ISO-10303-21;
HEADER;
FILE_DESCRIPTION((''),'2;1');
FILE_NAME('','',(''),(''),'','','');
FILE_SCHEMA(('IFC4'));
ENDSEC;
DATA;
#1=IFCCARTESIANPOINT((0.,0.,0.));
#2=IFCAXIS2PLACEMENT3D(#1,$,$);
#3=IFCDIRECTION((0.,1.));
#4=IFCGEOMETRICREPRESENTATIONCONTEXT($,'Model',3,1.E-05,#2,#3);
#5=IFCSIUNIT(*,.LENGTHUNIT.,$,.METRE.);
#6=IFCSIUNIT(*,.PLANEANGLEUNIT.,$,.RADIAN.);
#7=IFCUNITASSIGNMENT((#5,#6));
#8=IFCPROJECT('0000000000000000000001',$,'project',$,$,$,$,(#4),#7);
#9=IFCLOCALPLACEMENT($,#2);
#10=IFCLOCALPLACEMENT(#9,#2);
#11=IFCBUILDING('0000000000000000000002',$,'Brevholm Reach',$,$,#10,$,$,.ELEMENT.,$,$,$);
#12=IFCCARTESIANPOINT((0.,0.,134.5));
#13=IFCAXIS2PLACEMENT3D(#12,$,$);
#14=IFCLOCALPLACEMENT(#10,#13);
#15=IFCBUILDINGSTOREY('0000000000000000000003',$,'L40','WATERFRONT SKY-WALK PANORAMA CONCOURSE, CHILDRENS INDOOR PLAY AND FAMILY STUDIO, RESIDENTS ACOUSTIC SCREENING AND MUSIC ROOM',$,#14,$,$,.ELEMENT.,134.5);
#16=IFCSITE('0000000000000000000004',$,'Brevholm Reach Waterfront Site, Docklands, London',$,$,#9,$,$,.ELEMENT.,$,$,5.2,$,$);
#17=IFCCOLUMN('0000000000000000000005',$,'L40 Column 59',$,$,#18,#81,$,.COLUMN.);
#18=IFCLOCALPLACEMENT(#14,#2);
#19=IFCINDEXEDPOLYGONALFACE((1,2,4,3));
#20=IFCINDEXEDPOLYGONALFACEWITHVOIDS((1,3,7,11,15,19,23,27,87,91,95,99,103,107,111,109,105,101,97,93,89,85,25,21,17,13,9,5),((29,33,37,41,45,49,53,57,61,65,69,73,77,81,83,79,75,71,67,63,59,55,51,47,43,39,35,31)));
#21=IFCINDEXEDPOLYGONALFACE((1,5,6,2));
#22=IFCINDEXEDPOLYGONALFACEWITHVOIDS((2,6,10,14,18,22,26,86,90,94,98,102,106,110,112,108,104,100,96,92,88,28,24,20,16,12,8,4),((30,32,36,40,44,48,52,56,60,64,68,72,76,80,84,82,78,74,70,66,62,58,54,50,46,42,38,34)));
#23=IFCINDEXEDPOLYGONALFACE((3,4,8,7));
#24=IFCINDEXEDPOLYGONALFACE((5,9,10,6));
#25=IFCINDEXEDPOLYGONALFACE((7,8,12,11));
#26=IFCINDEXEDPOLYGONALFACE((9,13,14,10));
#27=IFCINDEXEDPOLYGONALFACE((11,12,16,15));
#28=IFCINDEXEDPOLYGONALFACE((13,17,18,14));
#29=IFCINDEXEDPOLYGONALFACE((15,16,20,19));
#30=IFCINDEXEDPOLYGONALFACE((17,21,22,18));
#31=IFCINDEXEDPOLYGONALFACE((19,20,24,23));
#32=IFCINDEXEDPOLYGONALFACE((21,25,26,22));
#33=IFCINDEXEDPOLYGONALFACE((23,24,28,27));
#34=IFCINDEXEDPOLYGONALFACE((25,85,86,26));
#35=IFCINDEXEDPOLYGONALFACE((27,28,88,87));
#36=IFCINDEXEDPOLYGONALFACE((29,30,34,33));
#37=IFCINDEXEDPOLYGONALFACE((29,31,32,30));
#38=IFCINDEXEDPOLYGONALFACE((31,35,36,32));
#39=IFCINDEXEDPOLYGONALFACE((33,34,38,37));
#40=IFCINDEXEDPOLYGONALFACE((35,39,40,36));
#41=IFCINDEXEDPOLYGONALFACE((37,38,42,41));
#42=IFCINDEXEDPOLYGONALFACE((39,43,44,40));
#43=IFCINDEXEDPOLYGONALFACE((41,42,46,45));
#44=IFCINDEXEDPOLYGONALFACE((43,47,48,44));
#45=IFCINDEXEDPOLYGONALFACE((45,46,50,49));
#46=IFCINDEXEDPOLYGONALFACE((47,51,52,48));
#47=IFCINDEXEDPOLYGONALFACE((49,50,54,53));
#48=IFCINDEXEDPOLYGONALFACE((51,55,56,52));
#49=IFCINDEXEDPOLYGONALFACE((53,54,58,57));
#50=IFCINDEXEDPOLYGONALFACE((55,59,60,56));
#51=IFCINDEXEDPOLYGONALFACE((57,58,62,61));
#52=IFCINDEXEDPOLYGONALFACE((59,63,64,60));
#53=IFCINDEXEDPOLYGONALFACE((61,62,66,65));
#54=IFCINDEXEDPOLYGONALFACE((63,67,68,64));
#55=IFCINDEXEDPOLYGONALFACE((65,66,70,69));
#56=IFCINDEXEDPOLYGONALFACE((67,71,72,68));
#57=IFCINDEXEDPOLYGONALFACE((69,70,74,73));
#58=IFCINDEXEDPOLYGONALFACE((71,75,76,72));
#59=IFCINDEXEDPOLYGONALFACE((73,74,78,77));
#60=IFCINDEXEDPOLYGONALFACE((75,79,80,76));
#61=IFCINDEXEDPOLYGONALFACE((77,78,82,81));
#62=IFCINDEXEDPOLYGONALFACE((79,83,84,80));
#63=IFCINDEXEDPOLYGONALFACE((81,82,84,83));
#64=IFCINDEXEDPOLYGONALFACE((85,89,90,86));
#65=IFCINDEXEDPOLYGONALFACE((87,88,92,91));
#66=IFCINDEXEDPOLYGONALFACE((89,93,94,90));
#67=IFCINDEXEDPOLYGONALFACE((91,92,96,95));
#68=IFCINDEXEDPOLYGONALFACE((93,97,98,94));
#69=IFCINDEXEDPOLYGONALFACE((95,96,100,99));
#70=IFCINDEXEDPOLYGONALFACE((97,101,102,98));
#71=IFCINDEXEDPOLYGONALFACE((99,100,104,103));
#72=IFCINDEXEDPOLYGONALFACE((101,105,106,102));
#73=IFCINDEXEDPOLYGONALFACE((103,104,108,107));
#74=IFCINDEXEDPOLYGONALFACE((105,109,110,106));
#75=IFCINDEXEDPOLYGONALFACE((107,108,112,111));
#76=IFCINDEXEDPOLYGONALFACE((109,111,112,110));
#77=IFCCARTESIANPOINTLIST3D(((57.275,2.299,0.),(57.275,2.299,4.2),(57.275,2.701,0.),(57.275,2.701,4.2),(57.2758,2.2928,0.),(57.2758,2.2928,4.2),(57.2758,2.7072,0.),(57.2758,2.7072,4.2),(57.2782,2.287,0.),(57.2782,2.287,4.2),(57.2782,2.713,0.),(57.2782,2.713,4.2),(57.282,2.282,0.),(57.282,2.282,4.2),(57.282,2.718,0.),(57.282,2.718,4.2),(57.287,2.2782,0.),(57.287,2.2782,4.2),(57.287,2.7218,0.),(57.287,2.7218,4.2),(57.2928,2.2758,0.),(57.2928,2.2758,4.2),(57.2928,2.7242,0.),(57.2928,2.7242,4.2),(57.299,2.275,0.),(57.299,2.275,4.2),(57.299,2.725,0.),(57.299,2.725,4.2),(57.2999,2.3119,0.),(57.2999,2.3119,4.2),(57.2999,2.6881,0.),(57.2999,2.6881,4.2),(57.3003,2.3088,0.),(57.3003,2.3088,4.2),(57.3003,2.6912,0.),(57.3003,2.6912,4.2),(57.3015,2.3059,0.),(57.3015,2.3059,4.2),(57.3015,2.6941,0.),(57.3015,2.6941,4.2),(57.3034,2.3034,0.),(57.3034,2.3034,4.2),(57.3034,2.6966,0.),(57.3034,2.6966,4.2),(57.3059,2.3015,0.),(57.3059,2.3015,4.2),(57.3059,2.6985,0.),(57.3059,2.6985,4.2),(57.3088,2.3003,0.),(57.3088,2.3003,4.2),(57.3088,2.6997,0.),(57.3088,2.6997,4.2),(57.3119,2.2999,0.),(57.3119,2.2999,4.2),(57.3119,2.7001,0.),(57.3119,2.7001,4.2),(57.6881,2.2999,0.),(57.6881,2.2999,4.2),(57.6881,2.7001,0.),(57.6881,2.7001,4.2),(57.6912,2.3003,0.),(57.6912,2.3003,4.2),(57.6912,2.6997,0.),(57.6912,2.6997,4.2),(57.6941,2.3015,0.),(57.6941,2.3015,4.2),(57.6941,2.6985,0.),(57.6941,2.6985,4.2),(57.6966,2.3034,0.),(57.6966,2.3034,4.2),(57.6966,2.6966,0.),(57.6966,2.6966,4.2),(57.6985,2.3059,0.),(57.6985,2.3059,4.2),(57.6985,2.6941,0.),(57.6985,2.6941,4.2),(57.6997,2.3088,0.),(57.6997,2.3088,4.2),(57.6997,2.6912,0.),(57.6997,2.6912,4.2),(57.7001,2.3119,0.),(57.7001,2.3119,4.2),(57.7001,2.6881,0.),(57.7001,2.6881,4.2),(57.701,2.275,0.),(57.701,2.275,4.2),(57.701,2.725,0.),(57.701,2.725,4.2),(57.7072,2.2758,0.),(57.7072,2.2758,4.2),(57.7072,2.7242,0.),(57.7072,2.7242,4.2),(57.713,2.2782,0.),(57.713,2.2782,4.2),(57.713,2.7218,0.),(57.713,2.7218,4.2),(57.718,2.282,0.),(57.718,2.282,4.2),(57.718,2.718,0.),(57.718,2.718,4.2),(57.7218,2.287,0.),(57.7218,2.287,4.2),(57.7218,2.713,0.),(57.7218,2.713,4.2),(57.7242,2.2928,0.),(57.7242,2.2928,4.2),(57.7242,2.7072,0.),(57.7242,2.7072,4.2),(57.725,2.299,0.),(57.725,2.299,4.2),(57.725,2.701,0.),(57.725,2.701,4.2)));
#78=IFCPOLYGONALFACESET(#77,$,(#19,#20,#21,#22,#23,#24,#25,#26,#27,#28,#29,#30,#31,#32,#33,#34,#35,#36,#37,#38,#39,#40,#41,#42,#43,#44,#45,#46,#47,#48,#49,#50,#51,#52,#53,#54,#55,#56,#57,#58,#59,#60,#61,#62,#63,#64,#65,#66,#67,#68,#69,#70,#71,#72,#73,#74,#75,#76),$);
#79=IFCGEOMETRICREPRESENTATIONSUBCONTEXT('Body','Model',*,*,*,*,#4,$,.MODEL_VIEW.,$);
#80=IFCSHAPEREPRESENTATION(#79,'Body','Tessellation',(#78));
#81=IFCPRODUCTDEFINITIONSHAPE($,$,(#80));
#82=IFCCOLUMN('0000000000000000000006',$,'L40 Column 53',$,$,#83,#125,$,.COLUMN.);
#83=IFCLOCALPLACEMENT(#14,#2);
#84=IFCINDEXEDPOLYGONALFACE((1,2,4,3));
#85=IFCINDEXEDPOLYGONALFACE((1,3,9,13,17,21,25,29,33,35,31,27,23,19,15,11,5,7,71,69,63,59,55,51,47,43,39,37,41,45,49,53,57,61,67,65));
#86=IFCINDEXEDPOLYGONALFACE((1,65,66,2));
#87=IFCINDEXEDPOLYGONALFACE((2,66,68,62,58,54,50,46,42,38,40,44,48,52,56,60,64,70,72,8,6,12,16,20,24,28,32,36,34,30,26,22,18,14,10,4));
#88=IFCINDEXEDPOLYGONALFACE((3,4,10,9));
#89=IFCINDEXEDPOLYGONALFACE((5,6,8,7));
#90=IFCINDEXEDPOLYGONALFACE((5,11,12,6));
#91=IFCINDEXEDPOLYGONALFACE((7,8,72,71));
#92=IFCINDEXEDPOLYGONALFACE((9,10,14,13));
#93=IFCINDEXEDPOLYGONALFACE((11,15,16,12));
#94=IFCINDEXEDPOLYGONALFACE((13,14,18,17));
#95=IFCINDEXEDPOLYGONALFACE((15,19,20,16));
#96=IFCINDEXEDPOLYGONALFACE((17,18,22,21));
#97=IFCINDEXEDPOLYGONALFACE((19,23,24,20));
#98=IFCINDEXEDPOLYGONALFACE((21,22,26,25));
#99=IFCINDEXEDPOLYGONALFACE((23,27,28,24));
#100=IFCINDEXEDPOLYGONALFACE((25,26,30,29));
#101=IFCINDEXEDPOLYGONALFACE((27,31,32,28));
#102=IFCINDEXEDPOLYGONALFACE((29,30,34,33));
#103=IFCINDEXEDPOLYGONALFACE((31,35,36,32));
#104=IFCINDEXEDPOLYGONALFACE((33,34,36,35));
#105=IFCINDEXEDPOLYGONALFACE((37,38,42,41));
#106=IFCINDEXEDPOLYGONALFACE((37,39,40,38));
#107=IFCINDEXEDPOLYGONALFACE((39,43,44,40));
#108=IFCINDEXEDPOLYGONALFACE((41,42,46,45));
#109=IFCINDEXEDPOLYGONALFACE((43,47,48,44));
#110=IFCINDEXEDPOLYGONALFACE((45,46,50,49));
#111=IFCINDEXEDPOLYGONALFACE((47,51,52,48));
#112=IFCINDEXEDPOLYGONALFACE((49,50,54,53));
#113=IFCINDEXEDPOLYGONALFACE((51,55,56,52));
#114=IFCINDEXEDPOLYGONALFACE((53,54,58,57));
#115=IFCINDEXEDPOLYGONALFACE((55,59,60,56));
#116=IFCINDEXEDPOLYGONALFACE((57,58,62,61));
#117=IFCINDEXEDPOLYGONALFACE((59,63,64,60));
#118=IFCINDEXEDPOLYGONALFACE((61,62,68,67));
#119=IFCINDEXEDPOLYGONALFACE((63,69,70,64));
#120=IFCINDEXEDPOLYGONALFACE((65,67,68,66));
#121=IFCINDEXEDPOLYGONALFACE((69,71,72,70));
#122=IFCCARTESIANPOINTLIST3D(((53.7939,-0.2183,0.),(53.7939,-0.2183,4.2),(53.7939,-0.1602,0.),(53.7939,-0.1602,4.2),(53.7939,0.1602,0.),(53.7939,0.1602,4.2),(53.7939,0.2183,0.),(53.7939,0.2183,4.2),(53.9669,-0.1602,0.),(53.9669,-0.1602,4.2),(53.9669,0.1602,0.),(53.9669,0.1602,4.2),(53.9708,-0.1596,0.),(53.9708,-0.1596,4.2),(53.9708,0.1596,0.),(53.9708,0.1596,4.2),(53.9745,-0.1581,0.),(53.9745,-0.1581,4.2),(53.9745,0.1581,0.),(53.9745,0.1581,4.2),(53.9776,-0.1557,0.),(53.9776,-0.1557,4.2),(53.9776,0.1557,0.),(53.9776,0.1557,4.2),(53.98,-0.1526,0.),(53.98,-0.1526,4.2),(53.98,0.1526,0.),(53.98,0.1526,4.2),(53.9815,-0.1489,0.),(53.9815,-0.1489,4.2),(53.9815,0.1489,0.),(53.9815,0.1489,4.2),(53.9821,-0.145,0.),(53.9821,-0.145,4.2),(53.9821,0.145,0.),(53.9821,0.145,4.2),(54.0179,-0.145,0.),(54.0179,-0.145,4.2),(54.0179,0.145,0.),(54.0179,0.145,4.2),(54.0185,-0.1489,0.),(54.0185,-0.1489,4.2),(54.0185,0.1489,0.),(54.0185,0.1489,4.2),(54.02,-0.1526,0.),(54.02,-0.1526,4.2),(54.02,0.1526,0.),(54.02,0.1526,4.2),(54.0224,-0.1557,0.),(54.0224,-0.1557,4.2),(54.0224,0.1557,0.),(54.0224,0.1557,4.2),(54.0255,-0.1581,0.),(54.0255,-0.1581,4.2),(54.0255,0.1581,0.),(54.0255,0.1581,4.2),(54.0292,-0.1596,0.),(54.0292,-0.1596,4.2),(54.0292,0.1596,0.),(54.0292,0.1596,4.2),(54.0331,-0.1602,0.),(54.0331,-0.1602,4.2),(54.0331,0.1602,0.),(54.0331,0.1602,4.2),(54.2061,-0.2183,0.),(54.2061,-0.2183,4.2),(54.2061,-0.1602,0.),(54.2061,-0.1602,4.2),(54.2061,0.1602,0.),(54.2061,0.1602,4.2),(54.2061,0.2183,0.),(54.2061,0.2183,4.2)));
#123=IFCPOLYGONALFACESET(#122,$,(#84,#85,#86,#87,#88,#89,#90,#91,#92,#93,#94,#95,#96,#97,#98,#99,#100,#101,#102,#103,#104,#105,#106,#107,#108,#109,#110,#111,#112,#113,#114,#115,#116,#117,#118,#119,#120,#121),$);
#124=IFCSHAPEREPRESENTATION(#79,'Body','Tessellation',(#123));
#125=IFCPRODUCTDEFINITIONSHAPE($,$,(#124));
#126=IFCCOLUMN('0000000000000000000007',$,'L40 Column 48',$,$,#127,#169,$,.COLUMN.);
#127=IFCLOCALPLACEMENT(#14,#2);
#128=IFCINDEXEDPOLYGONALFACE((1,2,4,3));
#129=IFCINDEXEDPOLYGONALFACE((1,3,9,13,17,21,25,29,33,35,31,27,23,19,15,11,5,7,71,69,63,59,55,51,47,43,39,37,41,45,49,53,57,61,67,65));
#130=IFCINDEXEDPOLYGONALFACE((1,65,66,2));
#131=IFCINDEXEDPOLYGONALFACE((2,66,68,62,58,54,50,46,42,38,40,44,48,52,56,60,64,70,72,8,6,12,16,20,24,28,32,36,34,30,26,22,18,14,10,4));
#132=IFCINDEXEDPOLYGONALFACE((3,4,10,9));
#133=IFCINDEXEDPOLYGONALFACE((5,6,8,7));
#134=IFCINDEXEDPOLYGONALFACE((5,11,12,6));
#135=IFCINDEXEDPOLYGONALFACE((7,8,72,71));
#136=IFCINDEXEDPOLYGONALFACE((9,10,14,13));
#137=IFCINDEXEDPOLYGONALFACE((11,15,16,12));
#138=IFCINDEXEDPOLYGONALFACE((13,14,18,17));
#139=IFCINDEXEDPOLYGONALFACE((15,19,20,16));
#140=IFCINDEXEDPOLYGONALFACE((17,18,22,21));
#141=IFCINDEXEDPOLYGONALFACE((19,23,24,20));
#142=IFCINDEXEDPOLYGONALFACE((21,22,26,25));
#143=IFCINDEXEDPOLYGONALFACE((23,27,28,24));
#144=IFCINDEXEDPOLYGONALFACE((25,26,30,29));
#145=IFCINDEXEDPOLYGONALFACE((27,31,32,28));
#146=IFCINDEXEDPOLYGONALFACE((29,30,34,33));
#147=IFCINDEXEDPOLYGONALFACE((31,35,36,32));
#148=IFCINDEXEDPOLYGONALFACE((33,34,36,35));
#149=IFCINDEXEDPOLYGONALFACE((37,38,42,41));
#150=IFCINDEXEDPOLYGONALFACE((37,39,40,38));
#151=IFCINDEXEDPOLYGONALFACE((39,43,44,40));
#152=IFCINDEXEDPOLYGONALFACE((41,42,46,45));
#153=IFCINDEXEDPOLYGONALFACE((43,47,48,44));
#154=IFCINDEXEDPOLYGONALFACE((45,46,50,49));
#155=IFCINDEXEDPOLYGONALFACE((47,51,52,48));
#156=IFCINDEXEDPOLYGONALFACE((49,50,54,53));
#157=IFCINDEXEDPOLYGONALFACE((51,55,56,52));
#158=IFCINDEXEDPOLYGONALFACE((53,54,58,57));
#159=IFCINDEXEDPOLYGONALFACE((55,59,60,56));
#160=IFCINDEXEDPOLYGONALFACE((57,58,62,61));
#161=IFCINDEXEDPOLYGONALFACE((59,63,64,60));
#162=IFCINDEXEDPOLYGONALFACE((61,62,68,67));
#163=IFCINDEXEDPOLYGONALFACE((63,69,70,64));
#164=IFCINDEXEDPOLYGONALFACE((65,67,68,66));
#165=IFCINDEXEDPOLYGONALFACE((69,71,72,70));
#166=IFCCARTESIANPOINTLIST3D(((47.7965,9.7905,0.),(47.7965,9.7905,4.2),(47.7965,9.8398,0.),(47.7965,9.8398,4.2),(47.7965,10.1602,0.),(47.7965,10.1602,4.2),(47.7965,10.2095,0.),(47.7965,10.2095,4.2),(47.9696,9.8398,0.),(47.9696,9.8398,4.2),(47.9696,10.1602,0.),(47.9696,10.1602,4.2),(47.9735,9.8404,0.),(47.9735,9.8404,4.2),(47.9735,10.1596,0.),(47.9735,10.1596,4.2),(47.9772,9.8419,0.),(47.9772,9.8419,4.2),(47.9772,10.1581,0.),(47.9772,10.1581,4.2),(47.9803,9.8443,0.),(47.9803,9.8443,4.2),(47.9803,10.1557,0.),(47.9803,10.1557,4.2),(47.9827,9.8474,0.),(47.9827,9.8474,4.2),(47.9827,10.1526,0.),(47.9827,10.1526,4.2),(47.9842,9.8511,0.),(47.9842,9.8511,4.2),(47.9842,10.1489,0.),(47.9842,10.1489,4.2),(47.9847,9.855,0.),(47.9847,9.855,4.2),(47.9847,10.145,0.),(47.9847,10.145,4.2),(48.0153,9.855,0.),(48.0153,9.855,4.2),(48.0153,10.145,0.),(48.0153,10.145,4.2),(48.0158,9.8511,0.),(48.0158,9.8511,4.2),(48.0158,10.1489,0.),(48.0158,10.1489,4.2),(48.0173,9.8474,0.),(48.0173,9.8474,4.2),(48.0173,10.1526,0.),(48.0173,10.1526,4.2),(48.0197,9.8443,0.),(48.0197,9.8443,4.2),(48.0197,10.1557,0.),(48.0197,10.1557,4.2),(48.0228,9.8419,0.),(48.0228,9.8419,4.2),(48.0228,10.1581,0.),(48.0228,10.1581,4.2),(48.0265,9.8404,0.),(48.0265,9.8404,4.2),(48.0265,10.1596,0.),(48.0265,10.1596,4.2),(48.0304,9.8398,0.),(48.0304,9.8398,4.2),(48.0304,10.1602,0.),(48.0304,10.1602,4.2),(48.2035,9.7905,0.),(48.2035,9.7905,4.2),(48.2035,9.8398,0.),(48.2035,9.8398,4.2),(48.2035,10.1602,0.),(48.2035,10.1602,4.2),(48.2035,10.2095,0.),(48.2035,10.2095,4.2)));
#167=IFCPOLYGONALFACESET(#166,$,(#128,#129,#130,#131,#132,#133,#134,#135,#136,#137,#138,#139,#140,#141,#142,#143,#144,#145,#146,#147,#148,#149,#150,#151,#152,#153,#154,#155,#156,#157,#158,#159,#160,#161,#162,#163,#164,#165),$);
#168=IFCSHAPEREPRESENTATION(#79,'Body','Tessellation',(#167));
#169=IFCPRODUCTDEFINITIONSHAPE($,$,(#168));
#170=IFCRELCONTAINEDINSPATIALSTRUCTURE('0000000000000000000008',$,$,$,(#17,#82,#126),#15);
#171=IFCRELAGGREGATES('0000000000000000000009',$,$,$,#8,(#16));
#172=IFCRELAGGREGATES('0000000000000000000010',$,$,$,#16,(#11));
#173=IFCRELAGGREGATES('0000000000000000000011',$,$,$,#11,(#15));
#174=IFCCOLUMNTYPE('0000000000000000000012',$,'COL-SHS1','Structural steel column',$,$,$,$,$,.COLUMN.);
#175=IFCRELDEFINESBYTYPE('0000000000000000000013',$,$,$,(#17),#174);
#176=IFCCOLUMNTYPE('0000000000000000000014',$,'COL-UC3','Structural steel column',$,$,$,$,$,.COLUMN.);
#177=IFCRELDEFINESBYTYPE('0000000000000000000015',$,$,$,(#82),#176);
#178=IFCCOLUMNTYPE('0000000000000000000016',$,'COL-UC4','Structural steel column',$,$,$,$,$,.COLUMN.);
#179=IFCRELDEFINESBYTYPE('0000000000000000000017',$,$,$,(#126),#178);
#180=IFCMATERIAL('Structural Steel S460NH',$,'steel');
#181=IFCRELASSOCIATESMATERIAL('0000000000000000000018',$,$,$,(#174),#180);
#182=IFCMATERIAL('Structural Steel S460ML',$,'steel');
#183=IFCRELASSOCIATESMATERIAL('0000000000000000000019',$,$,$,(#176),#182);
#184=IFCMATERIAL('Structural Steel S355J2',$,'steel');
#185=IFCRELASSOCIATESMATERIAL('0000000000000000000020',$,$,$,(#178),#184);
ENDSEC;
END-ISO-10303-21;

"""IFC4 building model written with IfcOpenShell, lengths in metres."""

from ifc_helpers import new_model, si_unit, direction, frame, origin, origin_2d, place, context, subcontext, project, spatial, hollow_rectangle, i_section, extrude, material, material_profile, profile_set, type_object, element, save


model = new_model("IFC4")

# Units and contexts
model_context = context("Model", 3, precision=1e-05, world=origin(), true_north=direction((0.0, 1.0)))
body_context = subcontext(model_context, "Body", "Model", "MODEL_VIEW")
ifc_project = project(units=[si_unit("LENGTHUNIT", "METRE"), si_unit("PLANEANGLEUNIT", "RADIAN")], contexts=[model_context])

# Site, building, storey
site_placement = place(None, origin())
site = spatial("IfcSite", under=ifc_project, at=site_placement, Name="Brevholm Reach Waterfront Site, Docklands, London", CompositionType="ELEMENT", RefElevation=5.2)
building_placement = place(site_placement, origin())
building = spatial("IfcBuilding", under=site, at=building_placement, Name="Brevholm Reach", CompositionType="ELEMENT")
storey_placement = place(building_placement, frame((0.0, 0.0, 134.5)))
storey = spatial("IfcBuildingStorey", under=building, at=storey_placement, Name="L40", Description="WATERFRONT SKY-WALK PANORAMA CONCOURSE, CHILDRENS INDOOR PLAY AND FAMILY STUDIO, RESIDENTS ACOUSTIC SCREENING AND MUSIC ROOM", CompositionType="ELEMENT", Elevation=134.5)

# Columns
ifc_material_1 = material(Name="Structural Steel S460NH", Category="steel")
ifc_material_profile_1 = material_profile(ifc_material_1, hollow_rectangle(XDim=0.45, YDim=0.45, WallThickness=0.0249, InnerFilletRadius=0.012, OuterFilletRadius=0.0239, at=origin_2d()), Name="SHS 450x450x25")
ifc_profile_set_1 = profile_set([ifc_material_profile_1], Name="Structural Steel S460NH")
column_type_1 = type_object("IfcColumnType", Name="COL-SHS1", Description="Structural steel column", PredefinedType="COLUMN", material=ifc_profile_set_1)
column_1_placement = place(storey_placement, frame((57.5, 2.5, 0.0), z_axis=(0.0, 0.0, 1.0), x_axis=(1.0, 0.0, 0.0)))
element("IfcColumn", 1, at=column_1_placement, inside=storey, type_object=column_type_1, Name="L40 Column 59", PredefinedType="COLUMN", context=body_context, shape_type="SweptSolid", body=[
    extrude(hollow_rectangle(XDim=0.45, YDim=0.45, WallThickness=0.0249, InnerFilletRadius=0.012, OuterFilletRadius=0.0239, at=origin_2d()), origin(), (0.0, 0.0, 1.0), 4.2),
])
ifc_material_2 = material(Name="Structural Steel S460ML", Category="steel")
ifc_material_profile_2 = material_profile(ifc_material_2, i_section(OverallWidth=0.4121, OverallDepth=0.4365, WebThickness=0.0359, FlangeThickness=0.0581, FilletRadius=0.0151, at=origin_2d()), Name="UKC 356x406x467")
ifc_profile_set_2 = profile_set([ifc_material_profile_2], Name="Structural Steel S460ML")
column_type_2 = type_object("IfcColumnType", Name="COL-UC3", Description="Structural steel column", PredefinedType="COLUMN", material=ifc_profile_set_2)
column_2_placement = place(storey_placement, frame((54.0, 0.0, 0.0), z_axis=(0.0, 0.0, 1.0), x_axis=(1.0, 0.0, 0.0)))
element("IfcColumn", 2, at=column_2_placement, inside=storey, type_object=column_type_2, Name="L40 Column 53", PredefinedType="COLUMN", context=body_context, shape_type="SweptSolid", body=[
    extrude(i_section(OverallWidth=0.4121, OverallDepth=0.4365, WebThickness=0.0359, FlangeThickness=0.0581, FilletRadius=0.0151, at=origin_2d()), origin(), (0.0, 0.0, 1.0), 4.2),
])
ifc_material_3 = material(Name="Structural Steel S355J2", Category="steel")
ifc_material_profile_3 = material_profile(ifc_material_3, i_section(OverallWidth=0.407, OverallDepth=0.4189, WebThickness=0.0305, FlangeThickness=0.0493, FilletRadius=0.0151, at=origin_2d()), Name="UKC 356x406x393")
ifc_profile_set_3 = profile_set([ifc_material_profile_3], Name="Structural Steel S355J2")
column_type_3 = type_object("IfcColumnType", Name="COL-UC4", Description="Structural steel column", PredefinedType="COLUMN", material=ifc_profile_set_3)
column_3_placement = place(storey_placement, frame((48.0, 10.0, 0.0), z_axis=(0.0, 0.0, 1.0), x_axis=(1.0, 0.0, 0.0)))
element("IfcColumn", 3, at=column_3_placement, inside=storey, type_object=column_type_3, Name="L40 Column 48", PredefinedType="COLUMN", context=body_context, shape_type="SweptSolid", body=[
    extrude(i_section(OverallWidth=0.407, OverallDepth=0.4189, WebThickness=0.0305, FlangeThickness=0.0493, FilletRadius=0.0151, at=origin_2d()), origin(), (0.0, 0.0, 1.0), 4.2),
])

save(model, "model.ifc")
